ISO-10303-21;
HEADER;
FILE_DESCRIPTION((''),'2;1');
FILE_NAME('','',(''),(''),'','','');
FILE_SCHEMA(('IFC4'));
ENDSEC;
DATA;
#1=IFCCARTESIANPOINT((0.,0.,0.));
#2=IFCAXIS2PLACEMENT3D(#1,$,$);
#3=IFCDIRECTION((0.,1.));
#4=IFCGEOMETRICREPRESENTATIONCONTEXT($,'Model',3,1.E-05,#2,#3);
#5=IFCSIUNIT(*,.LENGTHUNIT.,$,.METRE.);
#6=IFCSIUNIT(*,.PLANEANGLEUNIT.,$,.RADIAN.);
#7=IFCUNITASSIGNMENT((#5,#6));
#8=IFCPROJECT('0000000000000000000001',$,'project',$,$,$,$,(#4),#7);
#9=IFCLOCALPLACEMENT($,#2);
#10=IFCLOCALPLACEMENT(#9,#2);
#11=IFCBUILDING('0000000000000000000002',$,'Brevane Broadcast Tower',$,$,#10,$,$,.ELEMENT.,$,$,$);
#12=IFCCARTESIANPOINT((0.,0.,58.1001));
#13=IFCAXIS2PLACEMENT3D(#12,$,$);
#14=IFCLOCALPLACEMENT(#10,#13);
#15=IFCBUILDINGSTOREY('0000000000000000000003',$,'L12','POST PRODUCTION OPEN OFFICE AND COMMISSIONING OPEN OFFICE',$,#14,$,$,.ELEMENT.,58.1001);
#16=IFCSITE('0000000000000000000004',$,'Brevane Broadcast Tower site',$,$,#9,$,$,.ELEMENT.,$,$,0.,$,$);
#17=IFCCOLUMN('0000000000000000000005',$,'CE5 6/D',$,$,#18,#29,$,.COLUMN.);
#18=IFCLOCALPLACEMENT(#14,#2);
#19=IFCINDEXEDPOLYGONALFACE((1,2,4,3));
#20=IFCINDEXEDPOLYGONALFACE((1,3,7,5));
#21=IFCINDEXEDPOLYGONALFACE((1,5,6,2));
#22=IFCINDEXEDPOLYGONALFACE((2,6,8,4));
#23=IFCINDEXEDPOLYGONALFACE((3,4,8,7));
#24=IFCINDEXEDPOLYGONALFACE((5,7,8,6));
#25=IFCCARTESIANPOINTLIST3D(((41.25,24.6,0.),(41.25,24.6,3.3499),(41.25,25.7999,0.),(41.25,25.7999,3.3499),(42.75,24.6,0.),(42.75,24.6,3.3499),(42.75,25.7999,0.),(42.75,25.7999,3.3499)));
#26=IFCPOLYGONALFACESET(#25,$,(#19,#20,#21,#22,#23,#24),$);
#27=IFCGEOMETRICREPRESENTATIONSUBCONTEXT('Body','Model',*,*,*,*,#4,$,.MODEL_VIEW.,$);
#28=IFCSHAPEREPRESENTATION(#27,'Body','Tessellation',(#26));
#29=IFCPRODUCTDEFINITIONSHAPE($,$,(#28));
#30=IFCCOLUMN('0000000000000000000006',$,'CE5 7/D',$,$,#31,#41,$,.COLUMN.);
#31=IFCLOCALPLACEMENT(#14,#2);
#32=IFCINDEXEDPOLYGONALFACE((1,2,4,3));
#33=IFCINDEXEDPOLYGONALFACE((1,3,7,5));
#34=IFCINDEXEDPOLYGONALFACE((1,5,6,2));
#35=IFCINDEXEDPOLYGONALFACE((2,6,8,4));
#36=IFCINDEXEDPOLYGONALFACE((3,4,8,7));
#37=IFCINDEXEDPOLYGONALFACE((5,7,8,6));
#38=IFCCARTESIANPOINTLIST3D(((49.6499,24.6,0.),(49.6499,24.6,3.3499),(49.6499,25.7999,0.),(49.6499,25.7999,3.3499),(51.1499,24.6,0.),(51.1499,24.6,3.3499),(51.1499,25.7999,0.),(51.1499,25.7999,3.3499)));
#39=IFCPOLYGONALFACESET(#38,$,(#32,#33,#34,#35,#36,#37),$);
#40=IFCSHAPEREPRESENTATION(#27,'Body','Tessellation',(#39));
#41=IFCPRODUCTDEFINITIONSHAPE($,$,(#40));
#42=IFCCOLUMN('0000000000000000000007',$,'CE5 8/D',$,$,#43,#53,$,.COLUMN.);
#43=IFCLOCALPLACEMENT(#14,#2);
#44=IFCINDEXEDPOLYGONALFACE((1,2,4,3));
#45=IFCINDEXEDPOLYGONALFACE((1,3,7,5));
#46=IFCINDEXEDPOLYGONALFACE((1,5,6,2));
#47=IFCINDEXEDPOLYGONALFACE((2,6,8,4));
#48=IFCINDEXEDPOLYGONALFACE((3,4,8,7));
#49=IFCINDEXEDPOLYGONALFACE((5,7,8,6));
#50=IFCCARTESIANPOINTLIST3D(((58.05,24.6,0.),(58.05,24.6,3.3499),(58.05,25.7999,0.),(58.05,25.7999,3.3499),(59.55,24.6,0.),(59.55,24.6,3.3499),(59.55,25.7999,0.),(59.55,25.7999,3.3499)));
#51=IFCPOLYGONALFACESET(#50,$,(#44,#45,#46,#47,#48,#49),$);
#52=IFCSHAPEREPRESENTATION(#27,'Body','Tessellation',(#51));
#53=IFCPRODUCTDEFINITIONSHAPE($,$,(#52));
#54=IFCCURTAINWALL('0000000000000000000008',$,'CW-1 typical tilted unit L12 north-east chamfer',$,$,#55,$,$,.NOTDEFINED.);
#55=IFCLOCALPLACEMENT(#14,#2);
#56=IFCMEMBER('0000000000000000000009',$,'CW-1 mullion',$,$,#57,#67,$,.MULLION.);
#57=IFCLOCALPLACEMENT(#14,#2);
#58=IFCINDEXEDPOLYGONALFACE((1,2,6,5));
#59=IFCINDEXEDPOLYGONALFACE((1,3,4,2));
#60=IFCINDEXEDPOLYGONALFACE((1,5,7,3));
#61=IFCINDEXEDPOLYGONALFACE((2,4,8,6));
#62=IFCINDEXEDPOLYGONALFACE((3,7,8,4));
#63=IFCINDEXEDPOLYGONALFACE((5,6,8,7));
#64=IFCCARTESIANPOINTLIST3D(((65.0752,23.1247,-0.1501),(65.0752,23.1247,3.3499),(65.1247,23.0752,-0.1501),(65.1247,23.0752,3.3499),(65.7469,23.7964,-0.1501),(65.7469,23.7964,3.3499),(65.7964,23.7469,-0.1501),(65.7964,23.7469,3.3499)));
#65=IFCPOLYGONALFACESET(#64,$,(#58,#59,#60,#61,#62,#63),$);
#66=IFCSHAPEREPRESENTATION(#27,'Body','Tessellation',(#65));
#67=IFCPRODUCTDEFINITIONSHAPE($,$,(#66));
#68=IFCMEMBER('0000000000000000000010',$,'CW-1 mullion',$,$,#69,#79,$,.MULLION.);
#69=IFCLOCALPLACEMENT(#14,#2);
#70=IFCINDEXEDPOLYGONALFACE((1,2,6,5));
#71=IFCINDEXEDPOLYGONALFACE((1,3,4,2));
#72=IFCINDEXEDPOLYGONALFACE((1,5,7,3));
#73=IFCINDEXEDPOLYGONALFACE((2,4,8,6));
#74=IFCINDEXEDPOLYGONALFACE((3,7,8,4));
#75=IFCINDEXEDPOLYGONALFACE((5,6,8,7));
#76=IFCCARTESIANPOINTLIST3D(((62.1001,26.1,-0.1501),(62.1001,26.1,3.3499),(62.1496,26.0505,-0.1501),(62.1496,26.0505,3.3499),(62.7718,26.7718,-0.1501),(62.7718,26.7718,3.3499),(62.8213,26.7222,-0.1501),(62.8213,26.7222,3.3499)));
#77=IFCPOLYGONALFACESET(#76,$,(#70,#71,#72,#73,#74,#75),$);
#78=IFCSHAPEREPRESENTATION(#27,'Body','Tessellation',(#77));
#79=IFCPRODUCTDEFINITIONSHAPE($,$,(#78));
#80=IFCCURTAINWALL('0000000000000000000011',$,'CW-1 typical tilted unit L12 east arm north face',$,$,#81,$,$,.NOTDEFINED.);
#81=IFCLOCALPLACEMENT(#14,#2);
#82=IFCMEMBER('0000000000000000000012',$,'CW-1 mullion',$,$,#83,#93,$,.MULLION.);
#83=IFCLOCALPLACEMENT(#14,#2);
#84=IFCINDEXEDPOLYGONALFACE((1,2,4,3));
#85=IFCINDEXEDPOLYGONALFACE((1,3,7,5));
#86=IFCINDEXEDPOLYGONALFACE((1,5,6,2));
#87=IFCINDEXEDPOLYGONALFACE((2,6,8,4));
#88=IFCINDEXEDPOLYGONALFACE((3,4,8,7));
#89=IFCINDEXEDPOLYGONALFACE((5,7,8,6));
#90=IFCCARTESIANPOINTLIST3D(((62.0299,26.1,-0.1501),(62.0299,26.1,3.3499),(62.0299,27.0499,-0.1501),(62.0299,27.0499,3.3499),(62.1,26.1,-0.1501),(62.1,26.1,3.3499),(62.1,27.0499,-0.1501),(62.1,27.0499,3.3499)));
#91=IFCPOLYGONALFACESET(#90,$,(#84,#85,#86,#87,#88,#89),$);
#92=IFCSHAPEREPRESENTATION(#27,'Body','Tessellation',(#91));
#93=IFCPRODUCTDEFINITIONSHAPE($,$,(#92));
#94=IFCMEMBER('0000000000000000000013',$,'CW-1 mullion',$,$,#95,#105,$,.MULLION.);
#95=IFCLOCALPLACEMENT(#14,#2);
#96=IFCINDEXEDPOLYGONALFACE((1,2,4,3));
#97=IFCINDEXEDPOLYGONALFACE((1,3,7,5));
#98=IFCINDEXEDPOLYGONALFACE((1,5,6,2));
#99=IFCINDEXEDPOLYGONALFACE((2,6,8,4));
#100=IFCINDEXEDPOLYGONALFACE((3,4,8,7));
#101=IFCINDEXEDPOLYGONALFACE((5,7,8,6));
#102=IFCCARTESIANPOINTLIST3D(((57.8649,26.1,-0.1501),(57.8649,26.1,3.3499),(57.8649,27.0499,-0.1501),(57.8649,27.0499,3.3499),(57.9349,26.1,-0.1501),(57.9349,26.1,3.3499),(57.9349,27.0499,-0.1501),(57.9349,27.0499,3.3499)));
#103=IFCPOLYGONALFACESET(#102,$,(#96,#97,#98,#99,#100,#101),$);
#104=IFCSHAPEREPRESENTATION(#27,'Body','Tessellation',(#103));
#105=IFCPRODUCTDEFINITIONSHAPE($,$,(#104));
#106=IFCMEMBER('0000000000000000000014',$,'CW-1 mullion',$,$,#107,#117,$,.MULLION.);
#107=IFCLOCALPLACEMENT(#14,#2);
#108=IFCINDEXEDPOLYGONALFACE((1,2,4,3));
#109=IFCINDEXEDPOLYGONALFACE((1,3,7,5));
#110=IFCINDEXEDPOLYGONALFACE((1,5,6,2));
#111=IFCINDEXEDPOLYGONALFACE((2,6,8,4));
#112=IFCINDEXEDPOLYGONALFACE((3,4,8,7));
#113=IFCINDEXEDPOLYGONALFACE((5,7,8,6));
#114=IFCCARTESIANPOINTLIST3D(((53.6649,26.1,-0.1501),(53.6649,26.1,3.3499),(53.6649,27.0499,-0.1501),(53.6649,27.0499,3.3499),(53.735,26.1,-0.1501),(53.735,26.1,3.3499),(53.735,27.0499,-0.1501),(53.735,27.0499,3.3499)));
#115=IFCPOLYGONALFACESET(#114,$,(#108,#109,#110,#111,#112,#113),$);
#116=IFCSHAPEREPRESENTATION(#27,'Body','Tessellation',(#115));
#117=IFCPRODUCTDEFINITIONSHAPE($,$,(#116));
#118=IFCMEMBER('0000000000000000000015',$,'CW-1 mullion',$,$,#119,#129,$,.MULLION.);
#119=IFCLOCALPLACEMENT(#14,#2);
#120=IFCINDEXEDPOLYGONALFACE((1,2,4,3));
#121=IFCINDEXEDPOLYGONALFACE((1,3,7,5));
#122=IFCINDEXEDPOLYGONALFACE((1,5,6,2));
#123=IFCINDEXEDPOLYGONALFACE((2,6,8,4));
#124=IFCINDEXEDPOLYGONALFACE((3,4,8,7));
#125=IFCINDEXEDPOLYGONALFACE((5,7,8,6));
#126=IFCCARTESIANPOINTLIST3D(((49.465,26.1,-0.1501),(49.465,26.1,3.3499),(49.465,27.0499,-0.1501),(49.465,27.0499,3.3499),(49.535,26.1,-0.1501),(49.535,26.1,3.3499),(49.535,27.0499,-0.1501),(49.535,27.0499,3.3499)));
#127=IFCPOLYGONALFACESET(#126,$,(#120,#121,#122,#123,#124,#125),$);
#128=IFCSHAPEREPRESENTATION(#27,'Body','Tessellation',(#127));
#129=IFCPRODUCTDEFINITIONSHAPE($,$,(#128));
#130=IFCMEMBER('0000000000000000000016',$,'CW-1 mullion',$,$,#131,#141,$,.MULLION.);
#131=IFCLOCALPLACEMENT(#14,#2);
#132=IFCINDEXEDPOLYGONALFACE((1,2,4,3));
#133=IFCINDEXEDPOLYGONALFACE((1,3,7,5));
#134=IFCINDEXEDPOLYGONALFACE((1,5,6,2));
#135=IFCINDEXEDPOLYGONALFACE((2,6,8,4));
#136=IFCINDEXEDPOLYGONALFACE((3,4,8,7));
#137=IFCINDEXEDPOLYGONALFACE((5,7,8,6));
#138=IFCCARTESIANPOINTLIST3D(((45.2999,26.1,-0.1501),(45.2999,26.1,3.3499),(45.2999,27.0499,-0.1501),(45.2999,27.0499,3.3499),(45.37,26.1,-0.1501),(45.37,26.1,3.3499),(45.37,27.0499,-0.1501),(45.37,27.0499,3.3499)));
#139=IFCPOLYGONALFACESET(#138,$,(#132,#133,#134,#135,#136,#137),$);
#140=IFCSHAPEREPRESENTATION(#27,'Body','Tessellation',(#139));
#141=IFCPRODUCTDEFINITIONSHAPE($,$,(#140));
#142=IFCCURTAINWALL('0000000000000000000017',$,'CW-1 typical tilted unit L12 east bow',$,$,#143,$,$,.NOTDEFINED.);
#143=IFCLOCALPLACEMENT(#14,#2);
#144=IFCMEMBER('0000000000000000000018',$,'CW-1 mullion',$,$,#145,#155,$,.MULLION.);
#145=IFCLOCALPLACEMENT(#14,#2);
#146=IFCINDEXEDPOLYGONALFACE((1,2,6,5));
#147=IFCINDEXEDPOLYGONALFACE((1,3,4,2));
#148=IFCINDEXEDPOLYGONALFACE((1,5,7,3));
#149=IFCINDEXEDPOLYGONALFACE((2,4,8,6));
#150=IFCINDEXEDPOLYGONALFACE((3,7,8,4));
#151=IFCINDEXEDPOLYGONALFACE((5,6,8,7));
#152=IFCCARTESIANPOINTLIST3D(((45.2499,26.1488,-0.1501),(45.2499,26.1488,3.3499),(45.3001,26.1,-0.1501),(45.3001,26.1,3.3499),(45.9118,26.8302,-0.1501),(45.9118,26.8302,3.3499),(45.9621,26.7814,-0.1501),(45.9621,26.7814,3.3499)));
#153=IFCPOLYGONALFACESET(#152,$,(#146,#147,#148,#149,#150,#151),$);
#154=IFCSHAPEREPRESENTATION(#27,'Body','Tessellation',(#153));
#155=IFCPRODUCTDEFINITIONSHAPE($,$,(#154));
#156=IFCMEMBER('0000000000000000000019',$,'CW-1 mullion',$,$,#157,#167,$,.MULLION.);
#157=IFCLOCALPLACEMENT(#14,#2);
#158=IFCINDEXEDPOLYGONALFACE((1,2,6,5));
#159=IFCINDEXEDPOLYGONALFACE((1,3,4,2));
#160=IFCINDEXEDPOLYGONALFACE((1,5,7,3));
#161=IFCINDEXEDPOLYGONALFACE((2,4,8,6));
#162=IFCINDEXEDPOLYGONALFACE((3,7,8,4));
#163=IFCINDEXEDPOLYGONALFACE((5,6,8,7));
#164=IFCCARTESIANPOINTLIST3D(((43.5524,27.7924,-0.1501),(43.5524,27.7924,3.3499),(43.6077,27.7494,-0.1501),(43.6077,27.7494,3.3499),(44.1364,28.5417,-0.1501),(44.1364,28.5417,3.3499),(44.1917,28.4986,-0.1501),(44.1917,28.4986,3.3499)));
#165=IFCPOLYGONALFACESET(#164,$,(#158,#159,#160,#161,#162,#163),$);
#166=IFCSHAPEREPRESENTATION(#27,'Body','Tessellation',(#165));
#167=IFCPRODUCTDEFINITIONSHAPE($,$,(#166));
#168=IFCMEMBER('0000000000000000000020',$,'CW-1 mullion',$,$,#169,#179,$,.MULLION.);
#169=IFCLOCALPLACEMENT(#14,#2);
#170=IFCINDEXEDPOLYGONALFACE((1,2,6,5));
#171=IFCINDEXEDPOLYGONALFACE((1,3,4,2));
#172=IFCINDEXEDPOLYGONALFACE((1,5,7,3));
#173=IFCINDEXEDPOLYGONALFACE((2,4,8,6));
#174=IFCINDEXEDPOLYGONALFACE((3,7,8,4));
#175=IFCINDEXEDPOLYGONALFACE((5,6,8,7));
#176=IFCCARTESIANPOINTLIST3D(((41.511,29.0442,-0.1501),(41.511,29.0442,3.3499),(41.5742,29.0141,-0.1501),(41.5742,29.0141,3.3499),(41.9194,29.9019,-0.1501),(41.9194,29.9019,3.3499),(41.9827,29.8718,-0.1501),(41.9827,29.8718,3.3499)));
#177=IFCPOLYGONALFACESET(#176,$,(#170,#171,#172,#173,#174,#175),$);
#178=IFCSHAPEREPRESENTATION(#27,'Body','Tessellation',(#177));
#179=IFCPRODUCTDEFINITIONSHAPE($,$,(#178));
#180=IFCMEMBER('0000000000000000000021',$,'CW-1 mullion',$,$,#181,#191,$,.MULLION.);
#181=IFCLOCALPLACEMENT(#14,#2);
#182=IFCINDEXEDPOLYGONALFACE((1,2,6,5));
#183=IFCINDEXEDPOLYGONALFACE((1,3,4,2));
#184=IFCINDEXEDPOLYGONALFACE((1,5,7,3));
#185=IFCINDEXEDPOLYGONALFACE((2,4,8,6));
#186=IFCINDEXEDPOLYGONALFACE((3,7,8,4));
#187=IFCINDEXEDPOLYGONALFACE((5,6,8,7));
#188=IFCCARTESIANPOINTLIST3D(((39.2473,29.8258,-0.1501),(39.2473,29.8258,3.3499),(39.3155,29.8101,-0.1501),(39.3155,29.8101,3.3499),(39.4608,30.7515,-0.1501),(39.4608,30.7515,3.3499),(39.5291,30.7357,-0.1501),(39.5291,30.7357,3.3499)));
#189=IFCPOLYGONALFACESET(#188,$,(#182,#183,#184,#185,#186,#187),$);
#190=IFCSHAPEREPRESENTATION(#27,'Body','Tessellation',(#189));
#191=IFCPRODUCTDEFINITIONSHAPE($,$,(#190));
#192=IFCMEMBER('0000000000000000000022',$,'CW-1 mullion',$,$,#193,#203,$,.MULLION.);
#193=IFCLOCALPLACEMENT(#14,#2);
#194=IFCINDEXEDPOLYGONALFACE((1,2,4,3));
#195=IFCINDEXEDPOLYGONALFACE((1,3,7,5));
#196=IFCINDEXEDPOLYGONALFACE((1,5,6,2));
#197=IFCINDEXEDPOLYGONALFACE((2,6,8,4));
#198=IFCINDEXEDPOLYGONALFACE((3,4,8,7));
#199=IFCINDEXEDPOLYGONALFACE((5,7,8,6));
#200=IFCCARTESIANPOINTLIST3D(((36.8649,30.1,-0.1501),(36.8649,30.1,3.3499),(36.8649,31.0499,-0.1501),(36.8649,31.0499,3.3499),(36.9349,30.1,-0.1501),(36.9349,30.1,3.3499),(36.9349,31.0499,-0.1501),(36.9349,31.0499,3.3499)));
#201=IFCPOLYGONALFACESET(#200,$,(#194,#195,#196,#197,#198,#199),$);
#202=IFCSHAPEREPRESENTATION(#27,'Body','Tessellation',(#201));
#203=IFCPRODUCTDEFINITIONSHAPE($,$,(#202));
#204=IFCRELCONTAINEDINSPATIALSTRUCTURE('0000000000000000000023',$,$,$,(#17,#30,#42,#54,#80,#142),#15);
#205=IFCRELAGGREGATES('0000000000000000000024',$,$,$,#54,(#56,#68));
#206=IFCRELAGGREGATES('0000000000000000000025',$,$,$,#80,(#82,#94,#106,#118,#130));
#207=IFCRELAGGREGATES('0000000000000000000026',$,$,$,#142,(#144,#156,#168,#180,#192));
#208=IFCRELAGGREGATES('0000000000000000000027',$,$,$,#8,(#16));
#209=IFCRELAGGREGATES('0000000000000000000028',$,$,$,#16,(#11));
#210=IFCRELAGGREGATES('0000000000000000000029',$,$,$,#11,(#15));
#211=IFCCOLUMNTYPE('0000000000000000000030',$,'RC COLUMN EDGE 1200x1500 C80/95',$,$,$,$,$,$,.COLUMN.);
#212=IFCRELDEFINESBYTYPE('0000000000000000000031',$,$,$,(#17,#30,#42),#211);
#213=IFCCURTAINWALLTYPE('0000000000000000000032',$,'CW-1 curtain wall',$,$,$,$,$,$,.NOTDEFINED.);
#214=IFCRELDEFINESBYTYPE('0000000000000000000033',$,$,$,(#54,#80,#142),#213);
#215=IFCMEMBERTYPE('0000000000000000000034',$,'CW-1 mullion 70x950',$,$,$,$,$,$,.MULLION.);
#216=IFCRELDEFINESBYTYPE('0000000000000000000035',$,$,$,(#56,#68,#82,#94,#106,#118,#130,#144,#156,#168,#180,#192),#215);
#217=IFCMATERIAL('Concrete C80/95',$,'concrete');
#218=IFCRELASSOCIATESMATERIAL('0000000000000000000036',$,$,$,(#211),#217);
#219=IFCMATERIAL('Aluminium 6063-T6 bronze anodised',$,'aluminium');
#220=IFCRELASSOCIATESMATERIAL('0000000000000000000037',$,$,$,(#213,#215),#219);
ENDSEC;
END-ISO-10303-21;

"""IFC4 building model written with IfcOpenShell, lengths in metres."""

from ifc_helpers import new_model, si_unit, direction, frame, origin, origin_2d, place, context, subcontext, project, spatial, rectangle, extrude, material, material_profile, profile_set, type_object, element, aggregate, save


model = new_model("IFC4")

# Units and contexts
model_context = context("Model", 3, precision=1e-05, world=origin(), true_north=direction((0.0, 1.0)))
body_context = subcontext(model_context, "Body", "Model", "MODEL_VIEW")
ifc_project = project(units=[si_unit("LENGTHUNIT", "METRE"), si_unit("PLANEANGLEUNIT", "RADIAN")], contexts=[model_context])

# Site, building, storey
site_placement = place(None, origin())
site = spatial("IfcSite", under=ifc_project, at=site_placement, Name="Brevane Broadcast Tower site", CompositionType="ELEMENT", RefElevation=0.0)
building_placement = place(site_placement, origin())
building = spatial("IfcBuilding", under=site, at=building_placement, Name="Brevane Broadcast Tower", CompositionType="ELEMENT")
storey_placement = place(building_placement, frame((0.0, 0.0, 58.1001)))
storey = spatial("IfcBuildingStorey", under=building, at=storey_placement, Name="L12", Description="POST PRODUCTION OPEN OFFICE AND COMMISSIONING OPEN OFFICE", CompositionType="ELEMENT", Elevation=58.1001)

# Columns
ifc_material_1 = material(Name="Concrete C80/95", Category="concrete")
ifc_material_profile_1 = material_profile(ifc_material_1, rectangle(XDim=1.2, YDim=1.5, at=origin_2d()), Name="RC 1200x1500")
ifc_profile_set_1 = profile_set([ifc_material_profile_1], Name="Concrete C80/95")
column_type = type_object("IfcColumnType", Name="RC COLUMN EDGE 1200x1500 C80/95", PredefinedType="COLUMN", material=ifc_profile_set_1)
for number, where, z_axis, x_axis, name in (
    (1, (42.0, 25.2, 0.0), (0.0, 0.0, 1.0), (0.0, 1.0, 0.0), "CE5 6/D"),
    (2, (50.3999, 25.2, 0.0), (0.0, 0.0, 1.0), (0.0, 1.0, 0.0), "CE5 7/D"),
    (3, (58.8, 25.2, 0.0), (0.0, 0.0, 1.0), (0.0, 1.0, 0.0), "CE5 8/D"),
):
    element("IfcColumn", number, at=place(storey_placement, frame(where, z_axis=z_axis, x_axis=x_axis)), inside=storey, type_object=column_type, Name=name, PredefinedType="COLUMN", context=body_context, shape_type="SweptSolid", body=[
        extrude(rectangle(XDim=1.2, YDim=1.5, at=origin_2d()), origin(), (0.0, 0.0, 1.0), 3.3499),
    ])

# Curtain walls, members
ifc_material_2 = material(Name="Aluminium 6063-T6 bronze anodised", Category="aluminium")
curtain_wall_type = type_object("IfcCurtainWallType", Name="CW-1 curtain wall", PredefinedType="NOTDEFINED", material=ifc_material_2)
curtain_wall_1_placement = place(storey_placement, origin())
curtain_wall_1 = element("IfcCurtainWall", 4, at=curtain_wall_1_placement, inside=storey, type_object=curtain_wall_type, Name="CW-1 typical tilted unit L12 north-east chamfer", PredefinedType="NOTDEFINED")
ifc_material_profile_2 = material_profile(ifc_material_2, rectangle(XDim=0.95, YDim=0.0701, at=origin_2d()), Name="RECT 70x950")
ifc_profile_set_2 = profile_set([ifc_material_profile_2], Name="Aluminium 6063-T6 bronze anodised")
member_type_1 = type_object("IfcMemberType", Name="CW-1 mullion 70x950", PredefinedType="MULLION", material=ifc_profile_set_2)
member_1_placement = place(storey_placement, frame((65.4358, 23.4358, -0.1501), z_axis=(0.0, 0.0, 1.0), x_axis=(-0.707107, -0.707107, 0.0)))
member_1 = element("IfcMember", 5, at=member_1_placement, type_object=member_type_1, Name="CW-1 mullion", PredefinedType="MULLION", context=body_context, shape_type="SweptSolid", body=[
    extrude(rectangle(XDim=0.95, YDim=0.0701, at=origin_2d()), origin(), (0.0, 0.0, 1.0), 3.5),
])
member_2_placement = place(storey_placement, frame((62.4607, 26.4111, -0.1501), z_axis=(0.0, 0.0, 1.0), x_axis=(-0.707107, -0.707107, 0.0)))
member_2 = element("IfcMember", 6, at=member_2_placement, type_object=member_type_1, Name="CW-1 mullion", PredefinedType="MULLION", context=body_context, shape_type="SweptSolid", body=[
    extrude(rectangle(XDim=0.95, YDim=0.0701, at=origin_2d()), origin(), (0.0, 0.0, 1.0), 3.5),
])
aggregate(curtain_wall_1, [member_1, member_2])
curtain_wall_2_placement = place(storey_placement, origin())
curtain_wall_2 = element("IfcCurtainWall", 7, at=curtain_wall_2_placement, inside=storey, type_object=curtain_wall_type, Name="CW-1 typical tilted unit L12 east arm north face", PredefinedType="NOTDEFINED")
member_3_placement = place(storey_placement, frame((62.0649, 26.575, -0.1501), z_axis=(0.0, 0.0, 1.0), x_axis=(0.0, -1.0, 0.0)))
member_3 = element("IfcMember", 8, at=member_3_placement, type_object=member_type_1, Name="CW-1 mullion", PredefinedType="MULLION", context=body_context, shape_type="SweptSolid", body=[
    extrude(rectangle(XDim=0.95, YDim=0.0701, at=origin_2d()), origin(), (0.0, 0.0, 1.0), 3.5),
])
member_4_placement = place(storey_placement, frame((57.8999, 26.575, -0.1501), z_axis=(0.0, 0.0, 1.0), x_axis=(0.0, -1.0, 0.0)))
member_4 = element("IfcMember", 9, at=member_4_placement, type_object=member_type_1, Name="CW-1 mullion", PredefinedType="MULLION", context=body_context, shape_type="SweptSolid", body=[
    extrude(rectangle(XDim=0.95, YDim=0.0701, at=origin_2d()), origin(), (0.0, 0.0, 1.0), 3.5),
])
member_5_placement = place(storey_placement, frame((53.7, 26.575, -0.1501), z_axis=(0.0, 0.0, 1.0), x_axis=(0.0, -1.0, 0.0)))
member_5 = element("IfcMember", 10, at=member_5_placement, type_object=member_type_1, Name="CW-1 mullion", PredefinedType="MULLION", context=body_context, shape_type="SweptSolid", body=[
    extrude(rectangle(XDim=0.95, YDim=0.0701, at=origin_2d()), origin(), (0.0, 0.0, 1.0), 3.5),
])
member_6_placement = place(storey_placement, frame((49.5, 26.575, -0.1501), z_axis=(0.0, 0.0, 1.0), x_axis=(0.0, -1.0, 0.0)))
member_6 = element("IfcMember", 11, at=member_6_placement, type_object=member_type_1, Name="CW-1 mullion", PredefinedType="MULLION", context=body_context, shape_type="SweptSolid", body=[
    extrude(rectangle(XDim=0.95, YDim=0.0701, at=origin_2d()), origin(), (0.0, 0.0, 1.0), 3.5),
])
member_7_placement = place(storey_placement, frame((45.335, 26.575, -0.1501), z_axis=(0.0, 0.0, 1.0), x_axis=(0.0, -1.0, 0.0)))
member_7 = element("IfcMember", 12, at=member_7_placement, type_object=member_type_1, Name="CW-1 mullion", PredefinedType="MULLION", context=body_context, shape_type="SweptSolid", body=[
    extrude(rectangle(XDim=0.95, YDim=0.0701, at=origin_2d()), origin(), (0.0, 0.0, 1.0), 3.5),
])
curtain_wall_3_placement = place(storey_placement, origin())
curtain_wall_3 = element("IfcCurtainWall", 13, at=curtain_wall_3_placement, inside=storey, type_object=curtain_wall_type, Name="CW-1 typical tilted unit L12 east bow", PredefinedType="NOTDEFINED")
member_8_placement = place(storey_placement, frame((45.606, 26.4651, -0.1501), z_axis=(0.0, 0.0, 1.0), x_axis=(-0.696812, -0.717254, 0.0)))
member_8 = element("IfcMember", 14, at=member_8_placement, type_object=member_type_1, Name="CW-1 mullion", PredefinedType="MULLION", context=body_context, shape_type="SweptSolid", body=[
    extrude(rectangle(XDim=0.95, YDim=0.0701, at=origin_2d()), origin(), (0.0, 0.0, 1.0), 3.5),
])
member_9_placement = place(storey_placement, frame((43.8721, 28.1455, -0.1501), z_axis=(0.0, 0.0, 1.0), x_axis=(-0.61477, -0.788707, 0.0)))
member_9 = element("IfcMember", 15, at=member_9_placement, type_object=member_type_1, Name="CW-1 mullion", PredefinedType="MULLION", context=body_context, shape_type="SweptSolid", body=[
    extrude(rectangle(XDim=0.95, YDim=0.0701, at=origin_2d()), origin(), (0.0, 0.0, 1.0), 3.5),
])
member_10_placement = place(storey_placement, frame((41.7468, 29.458, -0.1501), z_axis=(0.0, 0.0, 1.0), x_axis=(-0.429934, -0.902861, 0.0)))
member_10 = element("IfcMember", 16, at=member_10_placement, type_object=member_type_1, Name="CW-1 mullion", PredefinedType="MULLION", context=body_context, shape_type="SweptSolid", body=[
    extrude(rectangle(XDim=0.95, YDim=0.0701, at=origin_2d()), origin(), (0.0, 0.0, 1.0), 3.5),
])
member_11_placement = place(storey_placement, frame((39.3882, 30.2808, -0.1501), z_axis=(0.0, 0.0, 1.0), x_axis=(-0.224806, -0.974403, 0.0)))
member_11 = element("IfcMember", 17, at=member_11_placement, type_object=member_type_1, Name="CW-1 mullion", PredefinedType="MULLION", context=body_context, shape_type="SweptSolid", body=[
    extrude(rectangle(XDim=0.95, YDim=0.0701, at=origin_2d()), origin(), (0.0, 0.0, 1.0), 3.5),
])
member_12_placement = place(storey_placement, frame((36.8999, 30.575, -0.1501), z_axis=(0.0, 0.0, 1.0), x_axis=(0.0, -1.0, 0.0)))
member_12 = element("IfcMember", 18, at=member_12_placement, type_object=member_type_1, Name="CW-1 mullion", PredefinedType="MULLION", context=body_context, shape_type="SweptSolid", body=[
    extrude(rectangle(XDim=0.95, YDim=0.0701, at=origin_2d()), origin(), (0.0, 0.0, 1.0), 3.5),
])

aggregate(curtain_wall_2, [member_3, member_4, member_5, member_6, member_7])
aggregate(curtain_wall_3, [member_8, member_9, member_10, member_11, member_12])

save(model, "model.ifc")
